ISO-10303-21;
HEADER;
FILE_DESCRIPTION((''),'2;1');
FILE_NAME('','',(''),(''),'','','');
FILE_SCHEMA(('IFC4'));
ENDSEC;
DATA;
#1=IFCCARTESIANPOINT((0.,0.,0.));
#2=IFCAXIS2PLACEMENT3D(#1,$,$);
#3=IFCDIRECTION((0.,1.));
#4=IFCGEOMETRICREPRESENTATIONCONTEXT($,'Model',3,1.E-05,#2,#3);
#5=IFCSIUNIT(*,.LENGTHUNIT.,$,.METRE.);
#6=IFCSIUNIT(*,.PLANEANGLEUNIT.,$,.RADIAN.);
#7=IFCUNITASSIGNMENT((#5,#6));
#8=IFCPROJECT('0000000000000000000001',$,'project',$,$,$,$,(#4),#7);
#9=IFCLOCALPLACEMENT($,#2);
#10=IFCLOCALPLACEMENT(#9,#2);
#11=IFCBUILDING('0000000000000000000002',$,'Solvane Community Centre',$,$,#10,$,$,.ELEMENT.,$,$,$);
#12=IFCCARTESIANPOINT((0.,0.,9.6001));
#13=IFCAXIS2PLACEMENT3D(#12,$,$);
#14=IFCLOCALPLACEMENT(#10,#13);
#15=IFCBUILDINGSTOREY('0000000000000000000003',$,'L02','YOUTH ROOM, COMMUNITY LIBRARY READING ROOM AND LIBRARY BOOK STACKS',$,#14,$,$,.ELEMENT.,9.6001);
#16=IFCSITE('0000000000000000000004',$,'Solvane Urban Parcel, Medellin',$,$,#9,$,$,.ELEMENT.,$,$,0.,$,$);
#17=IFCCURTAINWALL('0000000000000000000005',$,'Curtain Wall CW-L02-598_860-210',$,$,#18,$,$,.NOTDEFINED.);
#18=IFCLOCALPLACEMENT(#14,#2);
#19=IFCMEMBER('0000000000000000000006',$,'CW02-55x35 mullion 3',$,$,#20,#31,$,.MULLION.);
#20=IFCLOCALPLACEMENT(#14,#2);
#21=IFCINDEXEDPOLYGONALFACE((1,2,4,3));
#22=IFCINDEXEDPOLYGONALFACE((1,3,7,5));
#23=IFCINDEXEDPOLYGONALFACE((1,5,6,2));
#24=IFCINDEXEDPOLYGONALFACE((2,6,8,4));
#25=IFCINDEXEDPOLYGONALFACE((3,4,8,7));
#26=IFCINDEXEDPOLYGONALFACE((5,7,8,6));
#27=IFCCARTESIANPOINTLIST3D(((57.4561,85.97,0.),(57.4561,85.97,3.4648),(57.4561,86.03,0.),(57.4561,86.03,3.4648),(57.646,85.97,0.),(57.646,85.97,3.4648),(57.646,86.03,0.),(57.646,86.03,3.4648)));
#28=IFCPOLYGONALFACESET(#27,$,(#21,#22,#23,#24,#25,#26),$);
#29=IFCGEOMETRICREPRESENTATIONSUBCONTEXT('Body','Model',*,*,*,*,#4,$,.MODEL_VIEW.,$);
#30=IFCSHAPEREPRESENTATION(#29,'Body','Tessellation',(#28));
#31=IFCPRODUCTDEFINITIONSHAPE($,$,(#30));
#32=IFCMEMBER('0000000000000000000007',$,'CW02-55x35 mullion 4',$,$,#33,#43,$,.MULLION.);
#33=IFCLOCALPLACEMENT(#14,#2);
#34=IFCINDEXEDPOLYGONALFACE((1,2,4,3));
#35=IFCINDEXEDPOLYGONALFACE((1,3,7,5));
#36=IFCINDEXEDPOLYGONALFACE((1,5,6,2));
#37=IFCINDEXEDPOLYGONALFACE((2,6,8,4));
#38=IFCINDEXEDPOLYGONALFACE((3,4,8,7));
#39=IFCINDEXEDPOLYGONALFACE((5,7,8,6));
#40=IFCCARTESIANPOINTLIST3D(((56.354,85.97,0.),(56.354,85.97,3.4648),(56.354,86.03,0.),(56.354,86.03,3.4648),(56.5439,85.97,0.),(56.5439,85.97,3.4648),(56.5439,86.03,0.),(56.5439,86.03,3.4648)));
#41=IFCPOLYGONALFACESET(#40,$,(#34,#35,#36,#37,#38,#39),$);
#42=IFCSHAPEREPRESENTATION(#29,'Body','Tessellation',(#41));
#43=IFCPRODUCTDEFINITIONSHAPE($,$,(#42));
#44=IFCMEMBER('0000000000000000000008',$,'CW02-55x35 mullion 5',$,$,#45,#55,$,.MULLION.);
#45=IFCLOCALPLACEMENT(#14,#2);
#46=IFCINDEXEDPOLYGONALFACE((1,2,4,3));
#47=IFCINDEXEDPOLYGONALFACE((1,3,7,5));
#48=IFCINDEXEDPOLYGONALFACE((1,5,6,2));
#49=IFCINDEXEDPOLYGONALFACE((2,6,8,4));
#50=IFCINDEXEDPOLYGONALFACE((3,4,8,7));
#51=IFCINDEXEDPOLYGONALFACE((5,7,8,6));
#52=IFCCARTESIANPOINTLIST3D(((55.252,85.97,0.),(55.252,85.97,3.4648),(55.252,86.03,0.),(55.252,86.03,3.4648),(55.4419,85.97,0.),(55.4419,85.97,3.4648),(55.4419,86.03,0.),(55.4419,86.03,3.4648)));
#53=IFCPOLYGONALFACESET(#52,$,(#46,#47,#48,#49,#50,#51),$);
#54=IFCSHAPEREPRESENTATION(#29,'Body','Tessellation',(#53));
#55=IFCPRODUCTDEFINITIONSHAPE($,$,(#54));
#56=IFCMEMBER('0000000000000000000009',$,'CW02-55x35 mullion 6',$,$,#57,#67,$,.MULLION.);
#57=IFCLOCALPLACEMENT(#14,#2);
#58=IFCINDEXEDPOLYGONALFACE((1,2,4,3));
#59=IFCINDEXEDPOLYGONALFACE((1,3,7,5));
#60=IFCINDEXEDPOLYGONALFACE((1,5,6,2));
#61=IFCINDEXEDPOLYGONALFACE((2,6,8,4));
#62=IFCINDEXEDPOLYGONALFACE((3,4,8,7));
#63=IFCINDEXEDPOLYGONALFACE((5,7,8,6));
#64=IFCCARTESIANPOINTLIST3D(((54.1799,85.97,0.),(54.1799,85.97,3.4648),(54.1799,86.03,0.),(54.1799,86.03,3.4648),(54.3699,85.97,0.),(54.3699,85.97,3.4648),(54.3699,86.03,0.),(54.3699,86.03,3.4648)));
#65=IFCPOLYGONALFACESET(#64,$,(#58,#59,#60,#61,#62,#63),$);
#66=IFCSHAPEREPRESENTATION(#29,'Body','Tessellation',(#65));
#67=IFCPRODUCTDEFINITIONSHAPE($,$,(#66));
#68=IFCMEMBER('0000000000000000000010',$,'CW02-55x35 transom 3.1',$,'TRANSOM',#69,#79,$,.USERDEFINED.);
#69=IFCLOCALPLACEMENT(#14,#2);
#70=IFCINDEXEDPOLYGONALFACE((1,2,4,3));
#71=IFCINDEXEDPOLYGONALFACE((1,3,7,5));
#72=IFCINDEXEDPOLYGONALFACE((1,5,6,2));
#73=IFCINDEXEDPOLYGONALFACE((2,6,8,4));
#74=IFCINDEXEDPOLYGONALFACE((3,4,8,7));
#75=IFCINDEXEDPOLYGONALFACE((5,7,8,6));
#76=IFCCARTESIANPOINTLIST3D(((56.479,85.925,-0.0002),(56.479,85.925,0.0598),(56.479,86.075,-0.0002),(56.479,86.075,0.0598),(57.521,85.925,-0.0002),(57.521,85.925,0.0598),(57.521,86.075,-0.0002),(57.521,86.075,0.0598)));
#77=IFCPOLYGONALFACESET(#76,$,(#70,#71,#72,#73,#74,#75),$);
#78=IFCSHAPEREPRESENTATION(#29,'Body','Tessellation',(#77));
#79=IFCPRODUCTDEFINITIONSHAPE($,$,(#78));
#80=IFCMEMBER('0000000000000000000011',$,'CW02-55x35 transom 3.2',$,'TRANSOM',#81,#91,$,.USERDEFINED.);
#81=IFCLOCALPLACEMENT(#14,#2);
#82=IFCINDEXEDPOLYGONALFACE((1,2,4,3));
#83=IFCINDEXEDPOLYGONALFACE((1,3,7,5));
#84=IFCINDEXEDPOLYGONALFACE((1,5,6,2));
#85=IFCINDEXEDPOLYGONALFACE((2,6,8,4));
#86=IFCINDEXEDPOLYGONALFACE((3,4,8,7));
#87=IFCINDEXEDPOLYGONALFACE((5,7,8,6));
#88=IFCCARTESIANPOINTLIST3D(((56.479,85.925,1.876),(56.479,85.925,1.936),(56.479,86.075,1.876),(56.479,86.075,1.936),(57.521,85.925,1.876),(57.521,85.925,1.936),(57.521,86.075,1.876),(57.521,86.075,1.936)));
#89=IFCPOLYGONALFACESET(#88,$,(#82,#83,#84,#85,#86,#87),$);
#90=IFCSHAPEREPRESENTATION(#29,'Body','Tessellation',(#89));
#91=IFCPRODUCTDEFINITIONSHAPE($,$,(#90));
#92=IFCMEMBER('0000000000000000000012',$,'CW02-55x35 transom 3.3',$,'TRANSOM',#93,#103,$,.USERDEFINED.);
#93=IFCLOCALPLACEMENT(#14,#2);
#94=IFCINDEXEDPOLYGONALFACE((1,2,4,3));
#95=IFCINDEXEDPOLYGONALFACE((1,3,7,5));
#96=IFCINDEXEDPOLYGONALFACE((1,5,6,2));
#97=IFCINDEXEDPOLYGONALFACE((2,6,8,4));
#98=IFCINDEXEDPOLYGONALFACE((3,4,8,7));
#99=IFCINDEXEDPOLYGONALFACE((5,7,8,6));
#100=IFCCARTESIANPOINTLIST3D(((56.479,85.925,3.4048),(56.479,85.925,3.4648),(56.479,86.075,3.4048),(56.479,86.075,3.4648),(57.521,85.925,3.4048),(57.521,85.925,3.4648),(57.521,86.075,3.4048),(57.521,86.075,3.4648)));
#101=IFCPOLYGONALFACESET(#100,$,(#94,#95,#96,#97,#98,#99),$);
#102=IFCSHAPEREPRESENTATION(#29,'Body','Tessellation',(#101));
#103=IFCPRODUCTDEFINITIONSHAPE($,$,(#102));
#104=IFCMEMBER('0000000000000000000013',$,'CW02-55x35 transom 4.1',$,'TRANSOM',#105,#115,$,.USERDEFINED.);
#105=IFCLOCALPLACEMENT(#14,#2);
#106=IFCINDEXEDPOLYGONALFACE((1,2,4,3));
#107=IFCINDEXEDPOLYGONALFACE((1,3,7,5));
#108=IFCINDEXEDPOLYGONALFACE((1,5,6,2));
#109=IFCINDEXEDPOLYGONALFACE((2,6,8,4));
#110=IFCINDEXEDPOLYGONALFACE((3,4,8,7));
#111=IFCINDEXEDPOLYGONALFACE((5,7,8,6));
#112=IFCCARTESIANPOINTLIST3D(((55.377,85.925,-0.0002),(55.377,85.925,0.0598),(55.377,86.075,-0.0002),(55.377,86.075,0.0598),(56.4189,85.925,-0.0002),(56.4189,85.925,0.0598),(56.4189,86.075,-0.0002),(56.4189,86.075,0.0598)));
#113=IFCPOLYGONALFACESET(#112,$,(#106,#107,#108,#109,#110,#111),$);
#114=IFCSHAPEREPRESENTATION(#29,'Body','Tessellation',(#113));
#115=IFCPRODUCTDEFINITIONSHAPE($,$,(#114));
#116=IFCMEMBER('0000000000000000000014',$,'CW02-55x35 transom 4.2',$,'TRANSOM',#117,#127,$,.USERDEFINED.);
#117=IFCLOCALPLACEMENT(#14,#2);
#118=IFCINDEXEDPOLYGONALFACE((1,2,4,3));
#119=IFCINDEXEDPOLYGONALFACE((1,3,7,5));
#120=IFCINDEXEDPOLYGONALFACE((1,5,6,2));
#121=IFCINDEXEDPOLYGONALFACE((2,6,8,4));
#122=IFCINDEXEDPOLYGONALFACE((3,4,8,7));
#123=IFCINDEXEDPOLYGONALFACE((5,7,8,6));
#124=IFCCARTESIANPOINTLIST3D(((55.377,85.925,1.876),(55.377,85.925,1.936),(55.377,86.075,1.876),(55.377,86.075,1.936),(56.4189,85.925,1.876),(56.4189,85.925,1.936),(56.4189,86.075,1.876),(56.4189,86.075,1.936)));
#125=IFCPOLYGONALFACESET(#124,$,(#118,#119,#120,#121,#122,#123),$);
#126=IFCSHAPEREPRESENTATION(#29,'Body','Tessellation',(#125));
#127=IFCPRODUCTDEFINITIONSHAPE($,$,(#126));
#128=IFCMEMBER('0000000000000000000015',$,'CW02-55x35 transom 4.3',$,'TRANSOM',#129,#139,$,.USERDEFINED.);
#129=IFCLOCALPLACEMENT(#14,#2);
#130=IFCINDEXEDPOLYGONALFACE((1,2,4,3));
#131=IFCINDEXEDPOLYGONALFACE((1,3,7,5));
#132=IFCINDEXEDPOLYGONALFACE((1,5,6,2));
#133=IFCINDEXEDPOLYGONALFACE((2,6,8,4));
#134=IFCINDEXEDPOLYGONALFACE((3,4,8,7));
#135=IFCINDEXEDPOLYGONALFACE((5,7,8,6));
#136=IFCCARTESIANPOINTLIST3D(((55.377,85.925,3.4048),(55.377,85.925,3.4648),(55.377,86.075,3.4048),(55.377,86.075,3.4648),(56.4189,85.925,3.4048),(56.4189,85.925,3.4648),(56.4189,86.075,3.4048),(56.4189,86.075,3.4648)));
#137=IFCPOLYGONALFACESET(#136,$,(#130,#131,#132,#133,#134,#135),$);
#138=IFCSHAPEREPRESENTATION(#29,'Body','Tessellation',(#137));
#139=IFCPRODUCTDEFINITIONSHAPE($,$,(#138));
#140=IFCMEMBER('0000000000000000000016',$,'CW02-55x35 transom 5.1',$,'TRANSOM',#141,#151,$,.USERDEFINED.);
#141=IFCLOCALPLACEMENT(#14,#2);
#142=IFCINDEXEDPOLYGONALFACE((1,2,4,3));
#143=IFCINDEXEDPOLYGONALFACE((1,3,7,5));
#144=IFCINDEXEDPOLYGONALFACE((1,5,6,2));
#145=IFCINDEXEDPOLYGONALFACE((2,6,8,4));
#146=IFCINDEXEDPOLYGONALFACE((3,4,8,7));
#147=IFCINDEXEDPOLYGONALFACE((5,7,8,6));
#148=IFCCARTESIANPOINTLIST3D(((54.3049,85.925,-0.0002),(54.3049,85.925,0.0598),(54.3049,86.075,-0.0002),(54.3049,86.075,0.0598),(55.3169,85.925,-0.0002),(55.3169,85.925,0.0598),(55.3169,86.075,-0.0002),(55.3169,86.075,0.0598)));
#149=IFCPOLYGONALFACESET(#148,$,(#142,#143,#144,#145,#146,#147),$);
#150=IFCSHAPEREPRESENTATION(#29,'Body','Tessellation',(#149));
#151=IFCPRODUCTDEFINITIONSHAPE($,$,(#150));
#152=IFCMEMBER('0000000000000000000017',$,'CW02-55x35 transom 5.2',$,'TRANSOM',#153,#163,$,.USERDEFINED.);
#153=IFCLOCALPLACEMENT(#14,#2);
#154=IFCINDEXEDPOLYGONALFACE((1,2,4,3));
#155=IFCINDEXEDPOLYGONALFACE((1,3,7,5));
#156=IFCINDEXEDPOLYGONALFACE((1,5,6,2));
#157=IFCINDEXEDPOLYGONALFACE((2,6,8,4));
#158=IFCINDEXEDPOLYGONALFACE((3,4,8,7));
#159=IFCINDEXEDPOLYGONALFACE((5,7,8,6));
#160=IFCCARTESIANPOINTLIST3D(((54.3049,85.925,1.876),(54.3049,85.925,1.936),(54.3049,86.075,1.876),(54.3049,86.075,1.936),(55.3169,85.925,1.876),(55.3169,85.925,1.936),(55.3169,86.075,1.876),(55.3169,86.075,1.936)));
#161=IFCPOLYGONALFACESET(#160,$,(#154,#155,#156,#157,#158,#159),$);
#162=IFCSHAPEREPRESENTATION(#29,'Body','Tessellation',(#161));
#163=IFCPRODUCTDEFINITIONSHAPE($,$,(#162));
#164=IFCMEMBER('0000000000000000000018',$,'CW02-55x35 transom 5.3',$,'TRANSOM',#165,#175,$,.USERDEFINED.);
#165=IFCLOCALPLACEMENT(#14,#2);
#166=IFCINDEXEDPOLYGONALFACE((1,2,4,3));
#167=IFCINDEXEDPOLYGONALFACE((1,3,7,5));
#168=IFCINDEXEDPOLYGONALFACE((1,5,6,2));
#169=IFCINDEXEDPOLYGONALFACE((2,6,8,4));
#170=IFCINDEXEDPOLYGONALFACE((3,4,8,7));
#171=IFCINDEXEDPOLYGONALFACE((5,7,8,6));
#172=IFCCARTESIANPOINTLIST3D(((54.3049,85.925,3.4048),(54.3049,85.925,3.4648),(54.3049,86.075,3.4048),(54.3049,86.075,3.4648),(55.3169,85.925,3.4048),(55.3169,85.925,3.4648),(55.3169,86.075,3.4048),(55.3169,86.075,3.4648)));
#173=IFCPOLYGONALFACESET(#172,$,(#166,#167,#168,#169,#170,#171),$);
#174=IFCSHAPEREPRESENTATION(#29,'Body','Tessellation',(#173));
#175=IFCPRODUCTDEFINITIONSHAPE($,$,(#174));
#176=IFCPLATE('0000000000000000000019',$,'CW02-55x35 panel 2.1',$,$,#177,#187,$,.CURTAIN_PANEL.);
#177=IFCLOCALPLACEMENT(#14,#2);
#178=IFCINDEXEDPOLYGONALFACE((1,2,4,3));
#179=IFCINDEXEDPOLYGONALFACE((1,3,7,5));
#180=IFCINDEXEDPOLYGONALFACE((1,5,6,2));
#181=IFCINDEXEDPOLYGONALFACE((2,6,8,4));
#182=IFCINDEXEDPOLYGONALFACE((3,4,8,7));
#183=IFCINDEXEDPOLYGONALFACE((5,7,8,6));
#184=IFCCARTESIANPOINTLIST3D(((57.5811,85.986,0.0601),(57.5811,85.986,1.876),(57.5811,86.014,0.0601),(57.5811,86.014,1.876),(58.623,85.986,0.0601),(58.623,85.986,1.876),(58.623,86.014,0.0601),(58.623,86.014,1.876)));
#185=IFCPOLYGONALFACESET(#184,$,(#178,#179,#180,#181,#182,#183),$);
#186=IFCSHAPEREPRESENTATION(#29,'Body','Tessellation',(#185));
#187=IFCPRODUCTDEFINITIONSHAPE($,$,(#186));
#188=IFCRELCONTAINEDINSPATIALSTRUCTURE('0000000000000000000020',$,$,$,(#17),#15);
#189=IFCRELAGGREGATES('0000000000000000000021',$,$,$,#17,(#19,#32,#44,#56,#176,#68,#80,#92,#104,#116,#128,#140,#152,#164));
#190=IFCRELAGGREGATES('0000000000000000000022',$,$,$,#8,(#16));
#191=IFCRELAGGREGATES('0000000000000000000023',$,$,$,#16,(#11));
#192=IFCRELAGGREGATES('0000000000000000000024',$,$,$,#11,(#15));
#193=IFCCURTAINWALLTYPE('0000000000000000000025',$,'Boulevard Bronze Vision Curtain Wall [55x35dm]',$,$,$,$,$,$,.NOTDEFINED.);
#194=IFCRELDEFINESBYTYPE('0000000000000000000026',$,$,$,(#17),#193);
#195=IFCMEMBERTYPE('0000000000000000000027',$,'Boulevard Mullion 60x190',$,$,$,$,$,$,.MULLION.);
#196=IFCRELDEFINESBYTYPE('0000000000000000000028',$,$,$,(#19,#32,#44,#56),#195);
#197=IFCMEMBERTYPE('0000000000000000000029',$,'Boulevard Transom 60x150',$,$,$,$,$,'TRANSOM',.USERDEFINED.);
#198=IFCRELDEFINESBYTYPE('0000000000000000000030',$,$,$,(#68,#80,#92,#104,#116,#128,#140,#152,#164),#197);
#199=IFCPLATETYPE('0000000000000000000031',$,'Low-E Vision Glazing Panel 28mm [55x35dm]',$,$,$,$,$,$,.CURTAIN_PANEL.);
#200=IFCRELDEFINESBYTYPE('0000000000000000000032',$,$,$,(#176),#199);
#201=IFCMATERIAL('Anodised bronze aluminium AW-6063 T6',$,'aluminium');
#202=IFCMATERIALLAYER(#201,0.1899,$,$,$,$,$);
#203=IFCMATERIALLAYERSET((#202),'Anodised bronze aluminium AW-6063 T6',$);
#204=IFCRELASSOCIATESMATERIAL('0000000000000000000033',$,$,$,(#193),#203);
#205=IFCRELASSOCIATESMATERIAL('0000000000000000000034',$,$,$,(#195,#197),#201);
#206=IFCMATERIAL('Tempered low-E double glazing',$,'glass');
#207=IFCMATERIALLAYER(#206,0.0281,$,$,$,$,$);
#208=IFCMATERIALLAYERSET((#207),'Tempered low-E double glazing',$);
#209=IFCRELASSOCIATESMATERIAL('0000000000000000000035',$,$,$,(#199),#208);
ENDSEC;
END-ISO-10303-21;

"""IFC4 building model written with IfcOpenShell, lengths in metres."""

from ifc_helpers import new_model, si_unit, direction, frame, origin, origin_2d, place, context, subcontext, project, spatial, rectangle, extrude, material, layer, layer_set, material_profile, profile_set, type_object, element, aggregate, save


model = new_model("IFC4")

# Units and contexts
model_context = context("Model", 3, precision=1e-05, world=origin(), true_north=direction((0.0, 1.0)))
body_context = subcontext(model_context, "Body", "Model", "MODEL_VIEW")
ifc_project = project(units=[si_unit("LENGTHUNIT", "METRE"), si_unit("PLANEANGLEUNIT", "RADIAN")], contexts=[model_context])

# Site, building, storey
site_placement = place(None, origin())
site = spatial("IfcSite", under=ifc_project, at=site_placement, Name="Solvane Urban Parcel, Medellin", CompositionType="ELEMENT", RefElevation=0.0)
building_placement = place(site_placement, origin())
building = spatial("IfcBuilding", under=site, at=building_placement, Name="Solvane Community Centre", CompositionType="ELEMENT")
storey_placement = place(building_placement, frame((0.0, 0.0, 9.6001)))
storey = spatial("IfcBuildingStorey", under=building, at=storey_placement, Name="L02", Description="YOUTH ROOM, COMMUNITY LIBRARY READING ROOM AND LIBRARY BOOK STACKS", CompositionType="ELEMENT", Elevation=9.6001)

# Curtain wall, members, plate
ifc_material_1 = material(Name="Anodised bronze aluminium AW-6063 T6", Category="aluminium")
ifc_layer_1 = layer(ifc_material_1, 0.1899)
ifc_layer_set_1 = layer_set([ifc_layer_1], Name="Anodised bronze aluminium AW-6063 T6")
curtain_wall_type = type_object("IfcCurtainWallType", Name="Boulevard Bronze Vision Curtain Wall [55x35dm]", PredefinedType="NOTDEFINED", material=ifc_layer_set_1)
curtain_wall_placement = place(storey_placement, origin())
curtain_wall = element("IfcCurtainWall", 1, at=curtain_wall_placement, inside=storey, type_object=curtain_wall_type, Name="Curtain Wall CW-L02-598_860-210", PredefinedType="NOTDEFINED")
ifc_material_profile_1 = material_profile(ifc_material_1, rectangle(XDim=0.0601, YDim=0.1899, at=origin_2d()), Name="CW-M 60x190")
ifc_profile_set_1 = profile_set([ifc_material_profile_1], Name="Anodised bronze aluminium AW-6063 T6")
member_type_1 = type_object("IfcMemberType", Name="Boulevard Mullion 60x190", PredefinedType="MULLION", material=ifc_profile_set_1)
member_1_placement = place(storey_placement, frame((57.551, 86.0, 0.0), z_axis=(0.0, 0.0, 1.0), x_axis=(0.0, -1.0, 0.0)))
member_1 = element("IfcMember", 2, at=member_1_placement, type_object=member_type_1, Name="CW02-55x35 mullion 3", PredefinedType="MULLION", context=body_context, shape_type="SweptSolid", body=[
    extrude(rectangle(XDim=0.0601, YDim=0.1899, at=origin_2d()), origin(), (0.0, 0.0, 1.0), 3.4648),
])
member_2_placement = place(storey_placement, frame((56.449, 86.0, 0.0), z_axis=(0.0, 0.0, 1.0), x_axis=(0.0, -1.0, 0.0)))
member_2 = element("IfcMember", 3, at=member_2_placement, type_object=member_type_1, Name="CW02-55x35 mullion 4", PredefinedType="MULLION", context=body_context, shape_type="SweptSolid", body=[
    extrude(rectangle(XDim=0.0601, YDim=0.1899, at=origin_2d()), origin(), (0.0, 0.0, 1.0), 3.4648),
])
member_3_placement = place(storey_placement, frame((55.3469, 86.0, 0.0), z_axis=(0.0, 0.0, 1.0), x_axis=(0.0, -1.0, 0.0)))
member_3 = element("IfcMember", 4, at=member_3_placement, type_object=member_type_1, Name="CW02-55x35 mullion 5", PredefinedType="MULLION", context=body_context, shape_type="SweptSolid", body=[
    extrude(rectangle(XDim=0.0601, YDim=0.1899, at=origin_2d()), origin(), (0.0, 0.0, 1.0), 3.4648),
])
member_4_placement = place(storey_placement, frame((54.2749, 86.0, 0.0), z_axis=(0.0, 0.0, 1.0), x_axis=(0.0, -1.0, 0.0)))
member_4 = element("IfcMember", 5, at=member_4_placement, type_object=member_type_1, Name="CW02-55x35 mullion 6", PredefinedType="MULLION", context=body_context, shape_type="SweptSolid", body=[
    extrude(rectangle(XDim=0.0601, YDim=0.1899, at=origin_2d()), origin(), (0.0, 0.0, 1.0), 3.4648),
])
ifc_material_profile_2 = material_profile(ifc_material_1, rectangle(XDim=0.1499, YDim=0.0601, at=origin_2d()), Name="CW-T 60x150")
ifc_profile_set_2 = profile_set([ifc_material_profile_2], Name="Anodised bronze aluminium AW-6063 T6")
member_type_2 = type_object("IfcMemberType", Name="Boulevard Transom 60x150", ElementType="TRANSOM", PredefinedType="USERDEFINED", material=ifc_profile_set_2)
member_5_placement = place(storey_placement, frame((57.521, 86.0, 0.0298), z_axis=(-1.0, 0.0, 0.0), x_axis=(0.0, -1.0, 0.0)))
member_5 = element("IfcMember", 6, at=member_5_placement, type_object=member_type_2, Name="CW02-55x35 transom 3.1", ObjectType="TRANSOM", PredefinedType="USERDEFINED", context=body_context, shape_type="SweptSolid", body=[
    extrude(rectangle(XDim=0.1499, YDim=0.0601, at=origin_2d()), origin(), (0.0, 0.0, 1.0), 1.042),
])
member_6_placement = place(storey_placement, frame((57.521, 86.0, 1.906), z_axis=(-1.0, 0.0, 0.0), x_axis=(0.0, -1.0, 0.0)))
member_6 = element("IfcMember", 7, at=member_6_placement, type_object=member_type_2, Name="CW02-55x35 transom 3.2", ObjectType="TRANSOM", PredefinedType="USERDEFINED", context=body_context, shape_type="SweptSolid", body=[
    extrude(rectangle(XDim=0.1499, YDim=0.0601, at=origin_2d()), origin(), (0.0, 0.0, 1.0), 1.042),
])
member_7_placement = place(storey_placement, frame((57.521, 86.0, 3.4348), z_axis=(-1.0, 0.0, 0.0), x_axis=(0.0, -1.0, 0.0)))
member_7 = element("IfcMember", 8, at=member_7_placement, type_object=member_type_2, Name="CW02-55x35 transom 3.3", ObjectType="TRANSOM", PredefinedType="USERDEFINED", context=body_context, shape_type="SweptSolid", body=[
    extrude(rectangle(XDim=0.1499, YDim=0.0601, at=origin_2d()), origin(), (0.0, 0.0, 1.0), 1.042),
])
member_8_placement = place(storey_placement, frame((56.4189, 86.0, 0.0298), z_axis=(-1.0, 0.0, 0.0), x_axis=(0.0, -1.0, 0.0)))
member_8 = element("IfcMember", 9, at=member_8_placement, type_object=member_type_2, Name="CW02-55x35 transom 4.1", ObjectType="TRANSOM", PredefinedType="USERDEFINED", context=body_context, shape_type="SweptSolid", body=[
    extrude(rectangle(XDim=0.1499, YDim=0.0601, at=origin_2d()), origin(), (0.0, 0.0, 1.0), 1.042),
])
member_9_placement = place(storey_placement, frame((56.4189, 86.0, 1.906), z_axis=(-1.0, 0.0, 0.0), x_axis=(0.0, -1.0, 0.0)))
member_9 = element("IfcMember", 10, at=member_9_placement, type_object=member_type_2, Name="CW02-55x35 transom 4.2", ObjectType="TRANSOM", PredefinedType="USERDEFINED", context=body_context, shape_type="SweptSolid", body=[
    extrude(rectangle(XDim=0.1499, YDim=0.0601, at=origin_2d()), origin(), (0.0, 0.0, 1.0), 1.042),
])
member_10_placement = place(storey_placement, frame((56.4189, 86.0, 3.4348), z_axis=(-1.0, 0.0, 0.0), x_axis=(0.0, -1.0, 0.0)))
member_10 = element("IfcMember", 11, at=member_10_placement, type_object=member_type_2, Name="CW02-55x35 transom 4.3", ObjectType="TRANSOM", PredefinedType="USERDEFINED", context=body_context, shape_type="SweptSolid", body=[
    extrude(rectangle(XDim=0.1499, YDim=0.0601, at=origin_2d()), origin(), (0.0, 0.0, 1.0), 1.042),
])
member_11_placement = place(storey_placement, frame((55.3169, 86.0, 0.0298), z_axis=(-1.0, 0.0, 0.0), x_axis=(0.0, -1.0, 0.0)))
member_11 = element("IfcMember", 12, at=member_11_placement, type_object=member_type_2, Name="CW02-55x35 transom 5.1", ObjectType="TRANSOM", PredefinedType="USERDEFINED", context=body_context, shape_type="SweptSolid", body=[
    extrude(rectangle(XDim=0.1499, YDim=0.0601, at=origin_2d()), origin(), (0.0, 0.0, 1.0), 1.012),
])
member_12_placement = place(storey_placement, frame((55.3169, 86.0, 1.906), z_axis=(-1.0, 0.0, 0.0), x_axis=(0.0, -1.0, 0.0)))
member_12 = element("IfcMember", 13, at=member_12_placement, type_object=member_type_2, Name="CW02-55x35 transom 5.2", ObjectType="TRANSOM", PredefinedType="USERDEFINED", context=body_context, shape_type="SweptSolid", body=[
    extrude(rectangle(XDim=0.1499, YDim=0.0601, at=origin_2d()), origin(), (0.0, 0.0, 1.0), 1.012),
])
member_13_placement = place(storey_placement, frame((55.3169, 86.0, 3.4348), z_axis=(-1.0, 0.0, 0.0), x_axis=(0.0, -1.0, 0.0)))
member_13 = element("IfcMember", 14, at=member_13_placement, type_object=member_type_2, Name="CW02-55x35 transom 5.3", ObjectType="TRANSOM", PredefinedType="USERDEFINED", context=body_context, shape_type="SweptSolid", body=[
    extrude(rectangle(XDim=0.1499, YDim=0.0601, at=origin_2d()), origin(), (0.0, 0.0, 1.0), 1.012),
])
ifc_material_2 = material(Name="Tempered low-E double glazing", Category="glass")
ifc_layer_2 = layer(ifc_material_2, 0.0281)
ifc_layer_set_2 = layer_set([ifc_layer_2], Name="Tempered low-E double glazing")
plate_type = type_object("IfcPlateType", Name="Low-E Vision Glazing Panel 28mm [55x35dm]", PredefinedType="CURTAIN_PANEL", material=ifc_layer_set_2)
plate_1_placement = place(storey_placement, frame((58.1021, 86.0, 0.0601), z_axis=(0.0, 0.0, 1.0), x_axis=(-1.0, 0.0, 0.0)))
plate_1 = element("IfcPlate", 15, at=plate_1_placement, type_object=plate_type, Name="CW02-55x35 panel 2.1", PredefinedType="CURTAIN_PANEL", context=body_context, shape_type="SweptSolid", body=[
    extrude(rectangle(XDim=1.042, YDim=0.0281, at=origin_2d()), origin(), (0.0, 0.0, 1.0), 1.8159),
])
aggregate(curtain_wall, [member_1, member_2, member_3, member_4, plate_1, member_5, member_6, member_7, member_8, member_9, member_10, member_11, member_12, member_13])

save(model, "model.ifc")
